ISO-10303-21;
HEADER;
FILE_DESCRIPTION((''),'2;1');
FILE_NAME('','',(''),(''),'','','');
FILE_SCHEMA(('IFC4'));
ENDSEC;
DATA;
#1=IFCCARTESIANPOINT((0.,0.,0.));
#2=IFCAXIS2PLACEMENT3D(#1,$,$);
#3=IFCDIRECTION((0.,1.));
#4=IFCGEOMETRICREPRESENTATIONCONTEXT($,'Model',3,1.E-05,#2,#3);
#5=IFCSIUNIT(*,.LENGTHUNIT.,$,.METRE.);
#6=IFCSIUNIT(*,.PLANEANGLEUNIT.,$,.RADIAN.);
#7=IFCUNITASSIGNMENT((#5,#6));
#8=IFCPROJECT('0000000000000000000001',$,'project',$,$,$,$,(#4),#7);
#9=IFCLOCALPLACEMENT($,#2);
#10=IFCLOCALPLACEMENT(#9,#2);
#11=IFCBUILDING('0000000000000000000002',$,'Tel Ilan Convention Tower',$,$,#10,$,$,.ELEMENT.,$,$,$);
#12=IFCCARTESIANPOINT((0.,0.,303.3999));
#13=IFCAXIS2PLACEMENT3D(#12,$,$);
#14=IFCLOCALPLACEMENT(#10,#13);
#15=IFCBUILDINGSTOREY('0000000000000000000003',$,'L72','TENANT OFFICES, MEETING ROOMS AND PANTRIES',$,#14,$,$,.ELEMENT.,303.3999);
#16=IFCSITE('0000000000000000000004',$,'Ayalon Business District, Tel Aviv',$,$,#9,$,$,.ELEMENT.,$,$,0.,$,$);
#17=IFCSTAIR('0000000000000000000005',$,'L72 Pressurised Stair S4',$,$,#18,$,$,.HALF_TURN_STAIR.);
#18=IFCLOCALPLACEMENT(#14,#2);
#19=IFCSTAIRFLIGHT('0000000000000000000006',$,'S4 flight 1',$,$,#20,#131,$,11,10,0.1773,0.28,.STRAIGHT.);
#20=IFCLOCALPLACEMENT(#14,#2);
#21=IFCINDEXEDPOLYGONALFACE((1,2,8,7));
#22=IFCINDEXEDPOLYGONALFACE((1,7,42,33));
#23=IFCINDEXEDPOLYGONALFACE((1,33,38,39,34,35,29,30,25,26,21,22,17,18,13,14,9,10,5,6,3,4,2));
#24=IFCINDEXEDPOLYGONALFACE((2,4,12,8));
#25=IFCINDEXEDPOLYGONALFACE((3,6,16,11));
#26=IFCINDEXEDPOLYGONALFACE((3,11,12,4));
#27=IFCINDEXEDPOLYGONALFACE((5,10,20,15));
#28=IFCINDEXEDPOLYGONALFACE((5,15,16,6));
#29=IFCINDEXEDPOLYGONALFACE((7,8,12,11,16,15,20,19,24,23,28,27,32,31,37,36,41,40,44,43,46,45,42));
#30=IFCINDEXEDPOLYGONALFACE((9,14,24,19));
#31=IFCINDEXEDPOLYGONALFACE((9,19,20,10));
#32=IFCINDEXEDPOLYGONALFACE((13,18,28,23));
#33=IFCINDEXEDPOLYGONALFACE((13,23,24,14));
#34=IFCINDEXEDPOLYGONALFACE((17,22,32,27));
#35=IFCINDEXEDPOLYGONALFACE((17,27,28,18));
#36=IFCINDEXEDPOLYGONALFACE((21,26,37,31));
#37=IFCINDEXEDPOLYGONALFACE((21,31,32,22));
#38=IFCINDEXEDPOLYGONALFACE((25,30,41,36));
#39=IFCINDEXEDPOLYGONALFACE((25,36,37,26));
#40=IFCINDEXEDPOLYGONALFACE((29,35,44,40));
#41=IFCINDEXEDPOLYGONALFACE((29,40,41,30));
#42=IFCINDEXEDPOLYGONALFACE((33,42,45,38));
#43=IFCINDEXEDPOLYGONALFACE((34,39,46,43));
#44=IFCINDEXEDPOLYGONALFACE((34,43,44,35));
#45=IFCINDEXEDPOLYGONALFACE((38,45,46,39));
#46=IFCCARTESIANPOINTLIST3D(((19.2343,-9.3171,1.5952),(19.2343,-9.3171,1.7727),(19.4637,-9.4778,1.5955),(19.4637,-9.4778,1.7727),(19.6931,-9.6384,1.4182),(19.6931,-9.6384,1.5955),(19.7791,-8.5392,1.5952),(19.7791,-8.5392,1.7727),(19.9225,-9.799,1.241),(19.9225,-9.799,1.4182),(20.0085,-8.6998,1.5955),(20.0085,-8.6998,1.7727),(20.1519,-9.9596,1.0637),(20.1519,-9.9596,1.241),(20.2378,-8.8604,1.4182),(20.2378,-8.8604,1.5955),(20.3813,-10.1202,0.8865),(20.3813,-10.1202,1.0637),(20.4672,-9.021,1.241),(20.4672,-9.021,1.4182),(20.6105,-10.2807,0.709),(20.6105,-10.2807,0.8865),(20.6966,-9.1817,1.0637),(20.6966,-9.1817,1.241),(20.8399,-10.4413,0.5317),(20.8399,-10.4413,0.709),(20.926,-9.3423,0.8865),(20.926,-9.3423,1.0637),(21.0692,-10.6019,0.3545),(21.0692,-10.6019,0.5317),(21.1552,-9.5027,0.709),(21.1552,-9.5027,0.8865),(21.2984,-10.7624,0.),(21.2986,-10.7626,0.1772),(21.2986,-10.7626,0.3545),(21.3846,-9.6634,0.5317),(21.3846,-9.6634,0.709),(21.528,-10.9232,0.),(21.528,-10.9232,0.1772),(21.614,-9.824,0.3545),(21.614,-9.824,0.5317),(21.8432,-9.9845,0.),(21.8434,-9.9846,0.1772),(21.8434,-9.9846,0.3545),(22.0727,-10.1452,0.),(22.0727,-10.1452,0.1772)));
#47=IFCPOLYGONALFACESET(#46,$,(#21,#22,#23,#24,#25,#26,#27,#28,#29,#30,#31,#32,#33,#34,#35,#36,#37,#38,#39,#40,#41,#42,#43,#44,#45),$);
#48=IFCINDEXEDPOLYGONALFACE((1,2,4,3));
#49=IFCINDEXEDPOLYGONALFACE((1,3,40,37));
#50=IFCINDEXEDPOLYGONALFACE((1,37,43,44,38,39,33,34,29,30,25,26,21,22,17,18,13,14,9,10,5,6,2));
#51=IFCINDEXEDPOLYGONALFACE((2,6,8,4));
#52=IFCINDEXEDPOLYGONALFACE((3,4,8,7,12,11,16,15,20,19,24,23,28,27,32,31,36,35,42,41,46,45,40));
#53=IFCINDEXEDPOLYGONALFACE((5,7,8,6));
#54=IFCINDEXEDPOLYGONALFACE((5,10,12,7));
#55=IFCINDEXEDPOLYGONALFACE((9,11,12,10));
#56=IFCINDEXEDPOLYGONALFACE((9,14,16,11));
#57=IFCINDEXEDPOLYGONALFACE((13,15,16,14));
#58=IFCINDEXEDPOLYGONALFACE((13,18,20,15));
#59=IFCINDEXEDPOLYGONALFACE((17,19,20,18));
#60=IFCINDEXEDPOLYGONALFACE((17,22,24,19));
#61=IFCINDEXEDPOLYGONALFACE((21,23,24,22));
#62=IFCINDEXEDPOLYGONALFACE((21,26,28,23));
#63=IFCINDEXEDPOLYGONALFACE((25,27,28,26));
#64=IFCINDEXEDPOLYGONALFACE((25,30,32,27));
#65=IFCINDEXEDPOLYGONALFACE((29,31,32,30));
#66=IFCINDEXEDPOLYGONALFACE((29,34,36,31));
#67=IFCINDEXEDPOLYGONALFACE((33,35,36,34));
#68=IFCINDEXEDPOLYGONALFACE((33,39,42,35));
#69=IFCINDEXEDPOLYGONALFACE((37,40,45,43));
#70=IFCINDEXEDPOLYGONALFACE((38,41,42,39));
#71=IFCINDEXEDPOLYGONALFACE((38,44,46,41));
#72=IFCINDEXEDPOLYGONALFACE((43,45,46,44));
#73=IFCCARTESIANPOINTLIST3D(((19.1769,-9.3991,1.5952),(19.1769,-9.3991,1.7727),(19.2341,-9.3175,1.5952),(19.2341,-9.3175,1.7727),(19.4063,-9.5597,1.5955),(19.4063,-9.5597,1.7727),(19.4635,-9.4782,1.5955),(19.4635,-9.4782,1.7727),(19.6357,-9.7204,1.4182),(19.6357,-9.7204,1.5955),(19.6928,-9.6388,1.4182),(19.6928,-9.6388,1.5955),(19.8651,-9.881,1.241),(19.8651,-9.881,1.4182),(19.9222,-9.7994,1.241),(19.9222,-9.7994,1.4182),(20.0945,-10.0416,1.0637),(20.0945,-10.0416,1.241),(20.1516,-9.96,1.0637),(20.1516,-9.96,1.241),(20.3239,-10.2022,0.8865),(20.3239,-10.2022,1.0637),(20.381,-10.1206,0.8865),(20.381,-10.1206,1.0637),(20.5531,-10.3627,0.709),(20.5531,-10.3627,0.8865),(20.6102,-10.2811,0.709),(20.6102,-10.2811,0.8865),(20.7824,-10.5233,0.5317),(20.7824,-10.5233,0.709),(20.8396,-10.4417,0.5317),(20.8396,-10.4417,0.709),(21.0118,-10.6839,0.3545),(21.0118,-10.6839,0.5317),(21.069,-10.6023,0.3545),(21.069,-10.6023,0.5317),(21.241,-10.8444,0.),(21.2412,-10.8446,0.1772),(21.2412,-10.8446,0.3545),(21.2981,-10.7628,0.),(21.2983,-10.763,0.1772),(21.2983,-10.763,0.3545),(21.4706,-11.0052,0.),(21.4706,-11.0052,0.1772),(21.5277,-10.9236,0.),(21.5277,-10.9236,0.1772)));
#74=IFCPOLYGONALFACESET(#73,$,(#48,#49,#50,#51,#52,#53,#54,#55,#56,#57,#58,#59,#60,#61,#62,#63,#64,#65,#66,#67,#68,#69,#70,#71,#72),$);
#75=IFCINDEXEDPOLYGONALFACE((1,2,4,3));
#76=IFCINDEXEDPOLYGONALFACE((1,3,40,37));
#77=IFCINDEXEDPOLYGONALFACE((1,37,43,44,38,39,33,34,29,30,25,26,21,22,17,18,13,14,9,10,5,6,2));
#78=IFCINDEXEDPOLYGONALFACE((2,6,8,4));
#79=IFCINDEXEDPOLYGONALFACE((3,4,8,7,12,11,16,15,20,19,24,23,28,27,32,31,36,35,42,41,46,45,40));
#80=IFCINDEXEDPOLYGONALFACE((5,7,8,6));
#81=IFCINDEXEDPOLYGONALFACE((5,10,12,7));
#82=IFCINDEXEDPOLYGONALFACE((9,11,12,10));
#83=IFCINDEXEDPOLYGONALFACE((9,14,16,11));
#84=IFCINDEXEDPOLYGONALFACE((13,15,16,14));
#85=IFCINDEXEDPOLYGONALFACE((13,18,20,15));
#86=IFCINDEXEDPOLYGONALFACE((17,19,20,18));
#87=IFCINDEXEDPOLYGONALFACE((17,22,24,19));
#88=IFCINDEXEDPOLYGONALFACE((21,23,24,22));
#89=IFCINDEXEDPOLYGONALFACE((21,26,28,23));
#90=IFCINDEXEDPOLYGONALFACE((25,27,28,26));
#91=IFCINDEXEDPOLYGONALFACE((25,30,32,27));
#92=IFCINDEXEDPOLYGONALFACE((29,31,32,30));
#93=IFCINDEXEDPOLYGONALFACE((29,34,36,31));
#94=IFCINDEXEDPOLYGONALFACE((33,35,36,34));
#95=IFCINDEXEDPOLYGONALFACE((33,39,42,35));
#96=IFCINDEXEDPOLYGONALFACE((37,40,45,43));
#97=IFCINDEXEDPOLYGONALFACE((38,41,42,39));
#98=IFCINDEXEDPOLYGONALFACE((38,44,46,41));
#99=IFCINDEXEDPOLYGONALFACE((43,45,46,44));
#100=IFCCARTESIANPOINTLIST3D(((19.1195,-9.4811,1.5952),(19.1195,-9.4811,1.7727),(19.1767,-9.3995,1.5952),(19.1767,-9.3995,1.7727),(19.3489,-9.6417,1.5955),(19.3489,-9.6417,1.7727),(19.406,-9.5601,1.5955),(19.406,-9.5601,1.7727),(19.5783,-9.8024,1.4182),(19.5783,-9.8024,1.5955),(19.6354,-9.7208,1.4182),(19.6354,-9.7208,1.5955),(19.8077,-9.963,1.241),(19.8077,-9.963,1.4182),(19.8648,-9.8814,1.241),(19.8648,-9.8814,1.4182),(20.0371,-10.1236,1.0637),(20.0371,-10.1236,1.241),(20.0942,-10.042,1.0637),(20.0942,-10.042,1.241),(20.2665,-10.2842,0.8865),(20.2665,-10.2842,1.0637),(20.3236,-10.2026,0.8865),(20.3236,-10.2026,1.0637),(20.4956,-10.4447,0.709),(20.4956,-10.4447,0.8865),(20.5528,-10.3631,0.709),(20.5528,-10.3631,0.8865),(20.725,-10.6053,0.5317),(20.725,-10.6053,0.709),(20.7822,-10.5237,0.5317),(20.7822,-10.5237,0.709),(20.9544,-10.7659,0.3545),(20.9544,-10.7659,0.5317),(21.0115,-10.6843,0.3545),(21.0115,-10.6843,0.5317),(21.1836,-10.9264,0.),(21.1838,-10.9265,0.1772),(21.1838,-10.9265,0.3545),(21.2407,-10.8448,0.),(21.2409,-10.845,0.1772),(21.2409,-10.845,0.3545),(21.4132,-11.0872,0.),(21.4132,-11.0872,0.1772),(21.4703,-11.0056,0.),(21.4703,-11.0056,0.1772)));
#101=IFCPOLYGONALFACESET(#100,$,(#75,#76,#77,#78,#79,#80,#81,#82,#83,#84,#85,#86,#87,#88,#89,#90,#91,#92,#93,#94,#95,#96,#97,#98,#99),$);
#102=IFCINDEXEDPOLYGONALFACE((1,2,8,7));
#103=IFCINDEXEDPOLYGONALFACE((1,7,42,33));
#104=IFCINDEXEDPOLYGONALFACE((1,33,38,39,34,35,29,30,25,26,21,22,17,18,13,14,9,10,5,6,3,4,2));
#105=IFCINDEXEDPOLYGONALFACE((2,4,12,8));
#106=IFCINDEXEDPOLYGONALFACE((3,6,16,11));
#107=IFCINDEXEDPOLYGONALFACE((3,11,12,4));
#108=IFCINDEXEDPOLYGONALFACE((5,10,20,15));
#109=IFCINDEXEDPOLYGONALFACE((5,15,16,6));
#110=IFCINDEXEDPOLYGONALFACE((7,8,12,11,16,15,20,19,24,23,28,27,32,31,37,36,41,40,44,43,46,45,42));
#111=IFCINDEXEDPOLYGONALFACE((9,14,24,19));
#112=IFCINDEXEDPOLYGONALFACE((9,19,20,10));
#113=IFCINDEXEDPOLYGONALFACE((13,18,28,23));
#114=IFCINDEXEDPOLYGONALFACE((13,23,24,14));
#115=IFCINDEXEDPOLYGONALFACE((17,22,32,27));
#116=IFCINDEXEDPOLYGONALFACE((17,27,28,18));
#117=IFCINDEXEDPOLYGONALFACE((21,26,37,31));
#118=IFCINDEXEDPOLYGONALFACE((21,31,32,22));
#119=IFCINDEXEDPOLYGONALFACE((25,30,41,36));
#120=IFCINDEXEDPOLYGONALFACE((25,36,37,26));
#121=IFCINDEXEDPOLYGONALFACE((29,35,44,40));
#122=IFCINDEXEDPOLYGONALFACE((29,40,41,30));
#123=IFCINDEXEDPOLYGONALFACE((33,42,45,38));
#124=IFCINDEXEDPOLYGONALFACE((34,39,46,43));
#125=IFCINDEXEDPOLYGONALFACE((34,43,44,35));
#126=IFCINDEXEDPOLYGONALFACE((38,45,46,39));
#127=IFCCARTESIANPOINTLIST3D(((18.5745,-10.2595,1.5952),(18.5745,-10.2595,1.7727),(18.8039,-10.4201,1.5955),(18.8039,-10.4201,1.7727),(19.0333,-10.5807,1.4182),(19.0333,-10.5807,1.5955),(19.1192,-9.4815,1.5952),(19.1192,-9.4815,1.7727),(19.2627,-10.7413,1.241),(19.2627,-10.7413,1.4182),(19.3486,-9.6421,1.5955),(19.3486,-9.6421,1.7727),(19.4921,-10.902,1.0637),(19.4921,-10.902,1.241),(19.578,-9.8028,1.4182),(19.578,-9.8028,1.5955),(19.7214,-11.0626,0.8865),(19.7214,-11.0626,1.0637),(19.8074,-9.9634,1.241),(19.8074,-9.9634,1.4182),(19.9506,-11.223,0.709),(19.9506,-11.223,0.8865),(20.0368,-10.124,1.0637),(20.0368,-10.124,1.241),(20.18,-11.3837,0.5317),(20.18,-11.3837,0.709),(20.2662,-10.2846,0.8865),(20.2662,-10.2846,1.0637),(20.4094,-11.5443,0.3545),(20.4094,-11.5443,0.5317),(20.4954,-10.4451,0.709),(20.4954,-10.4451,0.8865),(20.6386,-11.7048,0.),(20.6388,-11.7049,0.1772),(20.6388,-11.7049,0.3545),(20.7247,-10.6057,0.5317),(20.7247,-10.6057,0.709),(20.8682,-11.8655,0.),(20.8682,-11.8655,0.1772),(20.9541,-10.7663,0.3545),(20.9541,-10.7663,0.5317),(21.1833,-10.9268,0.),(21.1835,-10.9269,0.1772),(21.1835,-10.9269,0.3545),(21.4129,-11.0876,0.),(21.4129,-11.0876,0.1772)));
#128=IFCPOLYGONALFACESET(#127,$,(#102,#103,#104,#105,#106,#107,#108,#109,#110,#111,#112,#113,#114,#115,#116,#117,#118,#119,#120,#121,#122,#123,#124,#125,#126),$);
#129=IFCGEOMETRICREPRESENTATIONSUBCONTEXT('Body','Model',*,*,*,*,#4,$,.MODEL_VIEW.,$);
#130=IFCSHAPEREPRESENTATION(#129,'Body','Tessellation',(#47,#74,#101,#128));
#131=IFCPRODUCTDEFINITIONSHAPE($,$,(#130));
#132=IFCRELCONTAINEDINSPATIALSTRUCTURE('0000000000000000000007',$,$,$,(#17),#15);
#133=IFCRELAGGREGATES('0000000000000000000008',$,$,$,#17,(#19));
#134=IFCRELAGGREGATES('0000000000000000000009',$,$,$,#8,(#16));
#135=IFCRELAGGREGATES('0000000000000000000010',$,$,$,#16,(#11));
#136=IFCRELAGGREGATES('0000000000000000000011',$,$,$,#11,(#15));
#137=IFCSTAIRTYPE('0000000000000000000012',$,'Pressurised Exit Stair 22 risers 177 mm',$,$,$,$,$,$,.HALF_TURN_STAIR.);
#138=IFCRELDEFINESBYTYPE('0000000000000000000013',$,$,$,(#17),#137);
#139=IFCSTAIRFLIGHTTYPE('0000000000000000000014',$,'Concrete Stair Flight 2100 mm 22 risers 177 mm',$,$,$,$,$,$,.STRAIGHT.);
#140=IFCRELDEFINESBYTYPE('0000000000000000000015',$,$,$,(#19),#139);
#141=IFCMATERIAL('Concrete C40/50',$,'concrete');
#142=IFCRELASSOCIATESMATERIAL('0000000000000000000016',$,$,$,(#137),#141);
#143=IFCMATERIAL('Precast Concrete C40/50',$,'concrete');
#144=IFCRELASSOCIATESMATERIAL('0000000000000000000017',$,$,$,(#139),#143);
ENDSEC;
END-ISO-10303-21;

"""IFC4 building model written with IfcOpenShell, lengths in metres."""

from ifc_helpers import new_model, si_unit, direction, frame, origin, place, context, subcontext, project, spatial, polyline, outline, extrude, material, type_object, element, aggregate, save


model = new_model("IFC4")

# Units and contexts
model_context = context("Model", 3, precision=1e-05, world=origin(), true_north=direction((0.0, 1.0)))
body_context = subcontext(model_context, "Body", "Model", "MODEL_VIEW")
ifc_project = project(units=[si_unit("LENGTHUNIT", "METRE"), si_unit("PLANEANGLEUNIT", "RADIAN")], contexts=[model_context])

# Site, building, storey
site_placement = place(None, origin())
site = spatial("IfcSite", under=ifc_project, at=site_placement, Name="Ayalon Business District, Tel Aviv", CompositionType="ELEMENT", RefElevation=0.0)
building_placement = place(site_placement, origin())
building = spatial("IfcBuilding", under=site, at=building_placement, Name="Tel Ilan Convention Tower", CompositionType="ELEMENT")
storey_placement = place(building_placement, frame((0.0, 0.0, 303.3999)))
storey = spatial("IfcBuildingStorey", under=building, at=storey_placement, Name="L72", Description="TENANT OFFICES, MEETING ROOMS AND PANTRIES", CompositionType="ELEMENT", Elevation=303.3999)

# Shared definitions
ifc_material_1 = material(Name="Concrete C40/50", Category="concrete")
stair_type = type_object("IfcStairType", Name="Pressurised Exit Stair 22 risers 177 mm", PredefinedType="HALF_TURN_STAIR", material=ifc_material_1)
ifc_material_2 = material(Name="Precast Concrete C40/50", Category="concrete")
stair_flight_type = type_object("IfcStairFlightType", Name="Concrete Stair Flight 2100 mm 22 risers 177 mm", PredefinedType="STRAIGHT", material=ifc_material_2)

# Stair, stair flight
stair_1_placement = place(storey_placement, origin())
stair_1 = element("IfcStair", 1, at=stair_1_placement, inside=storey, type_object=stair_type, Name="L72 Pressurised Stair S4", PredefinedType="HALF_TURN_STAIR")
stair_flight_1_placement = place(storey_placement, frame((21.4705, -11.0054, 0.0), z_axis=(0.0, 0.0, 1.0), x_axis=(-0.819152, 0.573576, 0.0)))
stair_flight_1 = element("IfcStairFlight", 2, at=stair_flight_1_placement, type_object=stair_flight_type, Name="S4 flight 1", NumberOfRisers=11, NumberOfTreads=10, PredefinedType="STRAIGHT", RiserHeight=0.1773, TreadLength=0.28, context=body_context, shape_type="SweptSolid", body=[
    extrude(outline(polyline([(0.0, 0.0), (0.0, 0.1772), (0.28, 0.1772), (0.28, 0.3545), (0.5601, 0.3545), (0.5601, 0.5317), (0.8401, 0.5317), (0.8401, 0.709), (1.1201, 0.709), (1.1201, 0.8865), (1.3999, 0.8865), (1.3999, 1.0637), (1.6799, 1.0637), (1.6799, 1.241), (1.96, 1.241), (1.96, 1.4182), (2.24, 1.4182), (2.24, 1.5955), (2.52, 1.5955), (2.52, 1.7727), (2.8, 1.7727), (2.8, 1.95), (2.8, 1.5952), (0.2803, 0.0), (0.0, 0.0)])), frame((0.0, -0.1003, 0.0), z_axis=(0.0, -1.0, 0.0), x_axis=(1.0, 0.0, 0.0)), (0.0, 0.0, 1.0), 0.9497),
    extrude(outline(polyline([(0.0, 0.0), (0.0, 0.1772), (0.28, 0.1772), (0.28, 0.3545), (0.5601, 0.3545), (0.5601, 0.5317), (0.8401, 0.5317), (0.8401, 0.709), (1.1201, 0.709), (1.1201, 0.8865), (1.3999, 0.8865), (1.3999, 1.0637), (1.6799, 1.0637), (1.6799, 1.241), (1.96, 1.241), (1.96, 1.4182), (2.24, 1.4182), (2.24, 1.5955), (2.52, 1.5955), (2.52, 1.7727), (2.8, 1.7727), (2.8, 1.95), (2.8, 1.5952), (0.2803, 0.0), (0.0, 0.0)])), frame((0.0, -0.0002, 0.0), z_axis=(0.0, -1.0, 0.0), x_axis=(1.0, 0.0, 0.0)), (0.0, 0.0, 1.0), 0.0996),
    extrude(outline(polyline([(0.0, 0.0), (0.0, 0.1772), (0.28, 0.1772), (0.28, 0.3545), (0.5601, 0.3545), (0.5601, 0.5317), (0.8401, 0.5317), (0.8401, 0.709), (1.1201, 0.709), (1.1201, 0.8865), (1.3999, 0.8865), (1.3999, 1.0637), (1.6799, 1.0637), (1.6799, 1.241), (1.96, 1.241), (1.96, 1.4182), (2.24, 1.4182), (2.24, 1.5955), (2.52, 1.5955), (2.52, 1.7727), (2.8, 1.7727), (2.8, 1.95), (2.8, 1.5952), (0.2803, 0.0), (0.0, 0.0)])), frame((0.0, 0.0999, 0.0), z_axis=(0.0, -1.0, 0.0), x_axis=(1.0, 0.0, 0.0)), (0.0, 0.0, 1.0), 0.0996),
    extrude(outline(polyline([(0.0, 0.0), (0.0, 0.1772), (0.28, 0.1772), (0.28, 0.3545), (0.5601, 0.3545), (0.5601, 0.5317), (0.8401, 0.5317), (0.8401, 0.709), (1.1201, 0.709), (1.1201, 0.8865), (1.3999, 0.8865), (1.3999, 1.0637), (1.6799, 1.0637), (1.6799, 1.241), (1.96, 1.241), (1.96, 1.4182), (2.24, 1.4182), (2.24, 1.5955), (2.52, 1.5955), (2.52, 1.7727), (2.8, 1.7727), (2.8, 1.95), (2.8, 1.5952), (0.2803, 0.0), (0.0, 0.0)])), frame((0.0, 1.05, 0.0), z_axis=(0.0, -1.0, 0.0), x_axis=(1.0, 0.0, 0.0)), (0.0, 0.0, 1.0), 0.9497),
])
aggregate(stair_1, [stair_flight_1])

save(model, "model.ifc")
